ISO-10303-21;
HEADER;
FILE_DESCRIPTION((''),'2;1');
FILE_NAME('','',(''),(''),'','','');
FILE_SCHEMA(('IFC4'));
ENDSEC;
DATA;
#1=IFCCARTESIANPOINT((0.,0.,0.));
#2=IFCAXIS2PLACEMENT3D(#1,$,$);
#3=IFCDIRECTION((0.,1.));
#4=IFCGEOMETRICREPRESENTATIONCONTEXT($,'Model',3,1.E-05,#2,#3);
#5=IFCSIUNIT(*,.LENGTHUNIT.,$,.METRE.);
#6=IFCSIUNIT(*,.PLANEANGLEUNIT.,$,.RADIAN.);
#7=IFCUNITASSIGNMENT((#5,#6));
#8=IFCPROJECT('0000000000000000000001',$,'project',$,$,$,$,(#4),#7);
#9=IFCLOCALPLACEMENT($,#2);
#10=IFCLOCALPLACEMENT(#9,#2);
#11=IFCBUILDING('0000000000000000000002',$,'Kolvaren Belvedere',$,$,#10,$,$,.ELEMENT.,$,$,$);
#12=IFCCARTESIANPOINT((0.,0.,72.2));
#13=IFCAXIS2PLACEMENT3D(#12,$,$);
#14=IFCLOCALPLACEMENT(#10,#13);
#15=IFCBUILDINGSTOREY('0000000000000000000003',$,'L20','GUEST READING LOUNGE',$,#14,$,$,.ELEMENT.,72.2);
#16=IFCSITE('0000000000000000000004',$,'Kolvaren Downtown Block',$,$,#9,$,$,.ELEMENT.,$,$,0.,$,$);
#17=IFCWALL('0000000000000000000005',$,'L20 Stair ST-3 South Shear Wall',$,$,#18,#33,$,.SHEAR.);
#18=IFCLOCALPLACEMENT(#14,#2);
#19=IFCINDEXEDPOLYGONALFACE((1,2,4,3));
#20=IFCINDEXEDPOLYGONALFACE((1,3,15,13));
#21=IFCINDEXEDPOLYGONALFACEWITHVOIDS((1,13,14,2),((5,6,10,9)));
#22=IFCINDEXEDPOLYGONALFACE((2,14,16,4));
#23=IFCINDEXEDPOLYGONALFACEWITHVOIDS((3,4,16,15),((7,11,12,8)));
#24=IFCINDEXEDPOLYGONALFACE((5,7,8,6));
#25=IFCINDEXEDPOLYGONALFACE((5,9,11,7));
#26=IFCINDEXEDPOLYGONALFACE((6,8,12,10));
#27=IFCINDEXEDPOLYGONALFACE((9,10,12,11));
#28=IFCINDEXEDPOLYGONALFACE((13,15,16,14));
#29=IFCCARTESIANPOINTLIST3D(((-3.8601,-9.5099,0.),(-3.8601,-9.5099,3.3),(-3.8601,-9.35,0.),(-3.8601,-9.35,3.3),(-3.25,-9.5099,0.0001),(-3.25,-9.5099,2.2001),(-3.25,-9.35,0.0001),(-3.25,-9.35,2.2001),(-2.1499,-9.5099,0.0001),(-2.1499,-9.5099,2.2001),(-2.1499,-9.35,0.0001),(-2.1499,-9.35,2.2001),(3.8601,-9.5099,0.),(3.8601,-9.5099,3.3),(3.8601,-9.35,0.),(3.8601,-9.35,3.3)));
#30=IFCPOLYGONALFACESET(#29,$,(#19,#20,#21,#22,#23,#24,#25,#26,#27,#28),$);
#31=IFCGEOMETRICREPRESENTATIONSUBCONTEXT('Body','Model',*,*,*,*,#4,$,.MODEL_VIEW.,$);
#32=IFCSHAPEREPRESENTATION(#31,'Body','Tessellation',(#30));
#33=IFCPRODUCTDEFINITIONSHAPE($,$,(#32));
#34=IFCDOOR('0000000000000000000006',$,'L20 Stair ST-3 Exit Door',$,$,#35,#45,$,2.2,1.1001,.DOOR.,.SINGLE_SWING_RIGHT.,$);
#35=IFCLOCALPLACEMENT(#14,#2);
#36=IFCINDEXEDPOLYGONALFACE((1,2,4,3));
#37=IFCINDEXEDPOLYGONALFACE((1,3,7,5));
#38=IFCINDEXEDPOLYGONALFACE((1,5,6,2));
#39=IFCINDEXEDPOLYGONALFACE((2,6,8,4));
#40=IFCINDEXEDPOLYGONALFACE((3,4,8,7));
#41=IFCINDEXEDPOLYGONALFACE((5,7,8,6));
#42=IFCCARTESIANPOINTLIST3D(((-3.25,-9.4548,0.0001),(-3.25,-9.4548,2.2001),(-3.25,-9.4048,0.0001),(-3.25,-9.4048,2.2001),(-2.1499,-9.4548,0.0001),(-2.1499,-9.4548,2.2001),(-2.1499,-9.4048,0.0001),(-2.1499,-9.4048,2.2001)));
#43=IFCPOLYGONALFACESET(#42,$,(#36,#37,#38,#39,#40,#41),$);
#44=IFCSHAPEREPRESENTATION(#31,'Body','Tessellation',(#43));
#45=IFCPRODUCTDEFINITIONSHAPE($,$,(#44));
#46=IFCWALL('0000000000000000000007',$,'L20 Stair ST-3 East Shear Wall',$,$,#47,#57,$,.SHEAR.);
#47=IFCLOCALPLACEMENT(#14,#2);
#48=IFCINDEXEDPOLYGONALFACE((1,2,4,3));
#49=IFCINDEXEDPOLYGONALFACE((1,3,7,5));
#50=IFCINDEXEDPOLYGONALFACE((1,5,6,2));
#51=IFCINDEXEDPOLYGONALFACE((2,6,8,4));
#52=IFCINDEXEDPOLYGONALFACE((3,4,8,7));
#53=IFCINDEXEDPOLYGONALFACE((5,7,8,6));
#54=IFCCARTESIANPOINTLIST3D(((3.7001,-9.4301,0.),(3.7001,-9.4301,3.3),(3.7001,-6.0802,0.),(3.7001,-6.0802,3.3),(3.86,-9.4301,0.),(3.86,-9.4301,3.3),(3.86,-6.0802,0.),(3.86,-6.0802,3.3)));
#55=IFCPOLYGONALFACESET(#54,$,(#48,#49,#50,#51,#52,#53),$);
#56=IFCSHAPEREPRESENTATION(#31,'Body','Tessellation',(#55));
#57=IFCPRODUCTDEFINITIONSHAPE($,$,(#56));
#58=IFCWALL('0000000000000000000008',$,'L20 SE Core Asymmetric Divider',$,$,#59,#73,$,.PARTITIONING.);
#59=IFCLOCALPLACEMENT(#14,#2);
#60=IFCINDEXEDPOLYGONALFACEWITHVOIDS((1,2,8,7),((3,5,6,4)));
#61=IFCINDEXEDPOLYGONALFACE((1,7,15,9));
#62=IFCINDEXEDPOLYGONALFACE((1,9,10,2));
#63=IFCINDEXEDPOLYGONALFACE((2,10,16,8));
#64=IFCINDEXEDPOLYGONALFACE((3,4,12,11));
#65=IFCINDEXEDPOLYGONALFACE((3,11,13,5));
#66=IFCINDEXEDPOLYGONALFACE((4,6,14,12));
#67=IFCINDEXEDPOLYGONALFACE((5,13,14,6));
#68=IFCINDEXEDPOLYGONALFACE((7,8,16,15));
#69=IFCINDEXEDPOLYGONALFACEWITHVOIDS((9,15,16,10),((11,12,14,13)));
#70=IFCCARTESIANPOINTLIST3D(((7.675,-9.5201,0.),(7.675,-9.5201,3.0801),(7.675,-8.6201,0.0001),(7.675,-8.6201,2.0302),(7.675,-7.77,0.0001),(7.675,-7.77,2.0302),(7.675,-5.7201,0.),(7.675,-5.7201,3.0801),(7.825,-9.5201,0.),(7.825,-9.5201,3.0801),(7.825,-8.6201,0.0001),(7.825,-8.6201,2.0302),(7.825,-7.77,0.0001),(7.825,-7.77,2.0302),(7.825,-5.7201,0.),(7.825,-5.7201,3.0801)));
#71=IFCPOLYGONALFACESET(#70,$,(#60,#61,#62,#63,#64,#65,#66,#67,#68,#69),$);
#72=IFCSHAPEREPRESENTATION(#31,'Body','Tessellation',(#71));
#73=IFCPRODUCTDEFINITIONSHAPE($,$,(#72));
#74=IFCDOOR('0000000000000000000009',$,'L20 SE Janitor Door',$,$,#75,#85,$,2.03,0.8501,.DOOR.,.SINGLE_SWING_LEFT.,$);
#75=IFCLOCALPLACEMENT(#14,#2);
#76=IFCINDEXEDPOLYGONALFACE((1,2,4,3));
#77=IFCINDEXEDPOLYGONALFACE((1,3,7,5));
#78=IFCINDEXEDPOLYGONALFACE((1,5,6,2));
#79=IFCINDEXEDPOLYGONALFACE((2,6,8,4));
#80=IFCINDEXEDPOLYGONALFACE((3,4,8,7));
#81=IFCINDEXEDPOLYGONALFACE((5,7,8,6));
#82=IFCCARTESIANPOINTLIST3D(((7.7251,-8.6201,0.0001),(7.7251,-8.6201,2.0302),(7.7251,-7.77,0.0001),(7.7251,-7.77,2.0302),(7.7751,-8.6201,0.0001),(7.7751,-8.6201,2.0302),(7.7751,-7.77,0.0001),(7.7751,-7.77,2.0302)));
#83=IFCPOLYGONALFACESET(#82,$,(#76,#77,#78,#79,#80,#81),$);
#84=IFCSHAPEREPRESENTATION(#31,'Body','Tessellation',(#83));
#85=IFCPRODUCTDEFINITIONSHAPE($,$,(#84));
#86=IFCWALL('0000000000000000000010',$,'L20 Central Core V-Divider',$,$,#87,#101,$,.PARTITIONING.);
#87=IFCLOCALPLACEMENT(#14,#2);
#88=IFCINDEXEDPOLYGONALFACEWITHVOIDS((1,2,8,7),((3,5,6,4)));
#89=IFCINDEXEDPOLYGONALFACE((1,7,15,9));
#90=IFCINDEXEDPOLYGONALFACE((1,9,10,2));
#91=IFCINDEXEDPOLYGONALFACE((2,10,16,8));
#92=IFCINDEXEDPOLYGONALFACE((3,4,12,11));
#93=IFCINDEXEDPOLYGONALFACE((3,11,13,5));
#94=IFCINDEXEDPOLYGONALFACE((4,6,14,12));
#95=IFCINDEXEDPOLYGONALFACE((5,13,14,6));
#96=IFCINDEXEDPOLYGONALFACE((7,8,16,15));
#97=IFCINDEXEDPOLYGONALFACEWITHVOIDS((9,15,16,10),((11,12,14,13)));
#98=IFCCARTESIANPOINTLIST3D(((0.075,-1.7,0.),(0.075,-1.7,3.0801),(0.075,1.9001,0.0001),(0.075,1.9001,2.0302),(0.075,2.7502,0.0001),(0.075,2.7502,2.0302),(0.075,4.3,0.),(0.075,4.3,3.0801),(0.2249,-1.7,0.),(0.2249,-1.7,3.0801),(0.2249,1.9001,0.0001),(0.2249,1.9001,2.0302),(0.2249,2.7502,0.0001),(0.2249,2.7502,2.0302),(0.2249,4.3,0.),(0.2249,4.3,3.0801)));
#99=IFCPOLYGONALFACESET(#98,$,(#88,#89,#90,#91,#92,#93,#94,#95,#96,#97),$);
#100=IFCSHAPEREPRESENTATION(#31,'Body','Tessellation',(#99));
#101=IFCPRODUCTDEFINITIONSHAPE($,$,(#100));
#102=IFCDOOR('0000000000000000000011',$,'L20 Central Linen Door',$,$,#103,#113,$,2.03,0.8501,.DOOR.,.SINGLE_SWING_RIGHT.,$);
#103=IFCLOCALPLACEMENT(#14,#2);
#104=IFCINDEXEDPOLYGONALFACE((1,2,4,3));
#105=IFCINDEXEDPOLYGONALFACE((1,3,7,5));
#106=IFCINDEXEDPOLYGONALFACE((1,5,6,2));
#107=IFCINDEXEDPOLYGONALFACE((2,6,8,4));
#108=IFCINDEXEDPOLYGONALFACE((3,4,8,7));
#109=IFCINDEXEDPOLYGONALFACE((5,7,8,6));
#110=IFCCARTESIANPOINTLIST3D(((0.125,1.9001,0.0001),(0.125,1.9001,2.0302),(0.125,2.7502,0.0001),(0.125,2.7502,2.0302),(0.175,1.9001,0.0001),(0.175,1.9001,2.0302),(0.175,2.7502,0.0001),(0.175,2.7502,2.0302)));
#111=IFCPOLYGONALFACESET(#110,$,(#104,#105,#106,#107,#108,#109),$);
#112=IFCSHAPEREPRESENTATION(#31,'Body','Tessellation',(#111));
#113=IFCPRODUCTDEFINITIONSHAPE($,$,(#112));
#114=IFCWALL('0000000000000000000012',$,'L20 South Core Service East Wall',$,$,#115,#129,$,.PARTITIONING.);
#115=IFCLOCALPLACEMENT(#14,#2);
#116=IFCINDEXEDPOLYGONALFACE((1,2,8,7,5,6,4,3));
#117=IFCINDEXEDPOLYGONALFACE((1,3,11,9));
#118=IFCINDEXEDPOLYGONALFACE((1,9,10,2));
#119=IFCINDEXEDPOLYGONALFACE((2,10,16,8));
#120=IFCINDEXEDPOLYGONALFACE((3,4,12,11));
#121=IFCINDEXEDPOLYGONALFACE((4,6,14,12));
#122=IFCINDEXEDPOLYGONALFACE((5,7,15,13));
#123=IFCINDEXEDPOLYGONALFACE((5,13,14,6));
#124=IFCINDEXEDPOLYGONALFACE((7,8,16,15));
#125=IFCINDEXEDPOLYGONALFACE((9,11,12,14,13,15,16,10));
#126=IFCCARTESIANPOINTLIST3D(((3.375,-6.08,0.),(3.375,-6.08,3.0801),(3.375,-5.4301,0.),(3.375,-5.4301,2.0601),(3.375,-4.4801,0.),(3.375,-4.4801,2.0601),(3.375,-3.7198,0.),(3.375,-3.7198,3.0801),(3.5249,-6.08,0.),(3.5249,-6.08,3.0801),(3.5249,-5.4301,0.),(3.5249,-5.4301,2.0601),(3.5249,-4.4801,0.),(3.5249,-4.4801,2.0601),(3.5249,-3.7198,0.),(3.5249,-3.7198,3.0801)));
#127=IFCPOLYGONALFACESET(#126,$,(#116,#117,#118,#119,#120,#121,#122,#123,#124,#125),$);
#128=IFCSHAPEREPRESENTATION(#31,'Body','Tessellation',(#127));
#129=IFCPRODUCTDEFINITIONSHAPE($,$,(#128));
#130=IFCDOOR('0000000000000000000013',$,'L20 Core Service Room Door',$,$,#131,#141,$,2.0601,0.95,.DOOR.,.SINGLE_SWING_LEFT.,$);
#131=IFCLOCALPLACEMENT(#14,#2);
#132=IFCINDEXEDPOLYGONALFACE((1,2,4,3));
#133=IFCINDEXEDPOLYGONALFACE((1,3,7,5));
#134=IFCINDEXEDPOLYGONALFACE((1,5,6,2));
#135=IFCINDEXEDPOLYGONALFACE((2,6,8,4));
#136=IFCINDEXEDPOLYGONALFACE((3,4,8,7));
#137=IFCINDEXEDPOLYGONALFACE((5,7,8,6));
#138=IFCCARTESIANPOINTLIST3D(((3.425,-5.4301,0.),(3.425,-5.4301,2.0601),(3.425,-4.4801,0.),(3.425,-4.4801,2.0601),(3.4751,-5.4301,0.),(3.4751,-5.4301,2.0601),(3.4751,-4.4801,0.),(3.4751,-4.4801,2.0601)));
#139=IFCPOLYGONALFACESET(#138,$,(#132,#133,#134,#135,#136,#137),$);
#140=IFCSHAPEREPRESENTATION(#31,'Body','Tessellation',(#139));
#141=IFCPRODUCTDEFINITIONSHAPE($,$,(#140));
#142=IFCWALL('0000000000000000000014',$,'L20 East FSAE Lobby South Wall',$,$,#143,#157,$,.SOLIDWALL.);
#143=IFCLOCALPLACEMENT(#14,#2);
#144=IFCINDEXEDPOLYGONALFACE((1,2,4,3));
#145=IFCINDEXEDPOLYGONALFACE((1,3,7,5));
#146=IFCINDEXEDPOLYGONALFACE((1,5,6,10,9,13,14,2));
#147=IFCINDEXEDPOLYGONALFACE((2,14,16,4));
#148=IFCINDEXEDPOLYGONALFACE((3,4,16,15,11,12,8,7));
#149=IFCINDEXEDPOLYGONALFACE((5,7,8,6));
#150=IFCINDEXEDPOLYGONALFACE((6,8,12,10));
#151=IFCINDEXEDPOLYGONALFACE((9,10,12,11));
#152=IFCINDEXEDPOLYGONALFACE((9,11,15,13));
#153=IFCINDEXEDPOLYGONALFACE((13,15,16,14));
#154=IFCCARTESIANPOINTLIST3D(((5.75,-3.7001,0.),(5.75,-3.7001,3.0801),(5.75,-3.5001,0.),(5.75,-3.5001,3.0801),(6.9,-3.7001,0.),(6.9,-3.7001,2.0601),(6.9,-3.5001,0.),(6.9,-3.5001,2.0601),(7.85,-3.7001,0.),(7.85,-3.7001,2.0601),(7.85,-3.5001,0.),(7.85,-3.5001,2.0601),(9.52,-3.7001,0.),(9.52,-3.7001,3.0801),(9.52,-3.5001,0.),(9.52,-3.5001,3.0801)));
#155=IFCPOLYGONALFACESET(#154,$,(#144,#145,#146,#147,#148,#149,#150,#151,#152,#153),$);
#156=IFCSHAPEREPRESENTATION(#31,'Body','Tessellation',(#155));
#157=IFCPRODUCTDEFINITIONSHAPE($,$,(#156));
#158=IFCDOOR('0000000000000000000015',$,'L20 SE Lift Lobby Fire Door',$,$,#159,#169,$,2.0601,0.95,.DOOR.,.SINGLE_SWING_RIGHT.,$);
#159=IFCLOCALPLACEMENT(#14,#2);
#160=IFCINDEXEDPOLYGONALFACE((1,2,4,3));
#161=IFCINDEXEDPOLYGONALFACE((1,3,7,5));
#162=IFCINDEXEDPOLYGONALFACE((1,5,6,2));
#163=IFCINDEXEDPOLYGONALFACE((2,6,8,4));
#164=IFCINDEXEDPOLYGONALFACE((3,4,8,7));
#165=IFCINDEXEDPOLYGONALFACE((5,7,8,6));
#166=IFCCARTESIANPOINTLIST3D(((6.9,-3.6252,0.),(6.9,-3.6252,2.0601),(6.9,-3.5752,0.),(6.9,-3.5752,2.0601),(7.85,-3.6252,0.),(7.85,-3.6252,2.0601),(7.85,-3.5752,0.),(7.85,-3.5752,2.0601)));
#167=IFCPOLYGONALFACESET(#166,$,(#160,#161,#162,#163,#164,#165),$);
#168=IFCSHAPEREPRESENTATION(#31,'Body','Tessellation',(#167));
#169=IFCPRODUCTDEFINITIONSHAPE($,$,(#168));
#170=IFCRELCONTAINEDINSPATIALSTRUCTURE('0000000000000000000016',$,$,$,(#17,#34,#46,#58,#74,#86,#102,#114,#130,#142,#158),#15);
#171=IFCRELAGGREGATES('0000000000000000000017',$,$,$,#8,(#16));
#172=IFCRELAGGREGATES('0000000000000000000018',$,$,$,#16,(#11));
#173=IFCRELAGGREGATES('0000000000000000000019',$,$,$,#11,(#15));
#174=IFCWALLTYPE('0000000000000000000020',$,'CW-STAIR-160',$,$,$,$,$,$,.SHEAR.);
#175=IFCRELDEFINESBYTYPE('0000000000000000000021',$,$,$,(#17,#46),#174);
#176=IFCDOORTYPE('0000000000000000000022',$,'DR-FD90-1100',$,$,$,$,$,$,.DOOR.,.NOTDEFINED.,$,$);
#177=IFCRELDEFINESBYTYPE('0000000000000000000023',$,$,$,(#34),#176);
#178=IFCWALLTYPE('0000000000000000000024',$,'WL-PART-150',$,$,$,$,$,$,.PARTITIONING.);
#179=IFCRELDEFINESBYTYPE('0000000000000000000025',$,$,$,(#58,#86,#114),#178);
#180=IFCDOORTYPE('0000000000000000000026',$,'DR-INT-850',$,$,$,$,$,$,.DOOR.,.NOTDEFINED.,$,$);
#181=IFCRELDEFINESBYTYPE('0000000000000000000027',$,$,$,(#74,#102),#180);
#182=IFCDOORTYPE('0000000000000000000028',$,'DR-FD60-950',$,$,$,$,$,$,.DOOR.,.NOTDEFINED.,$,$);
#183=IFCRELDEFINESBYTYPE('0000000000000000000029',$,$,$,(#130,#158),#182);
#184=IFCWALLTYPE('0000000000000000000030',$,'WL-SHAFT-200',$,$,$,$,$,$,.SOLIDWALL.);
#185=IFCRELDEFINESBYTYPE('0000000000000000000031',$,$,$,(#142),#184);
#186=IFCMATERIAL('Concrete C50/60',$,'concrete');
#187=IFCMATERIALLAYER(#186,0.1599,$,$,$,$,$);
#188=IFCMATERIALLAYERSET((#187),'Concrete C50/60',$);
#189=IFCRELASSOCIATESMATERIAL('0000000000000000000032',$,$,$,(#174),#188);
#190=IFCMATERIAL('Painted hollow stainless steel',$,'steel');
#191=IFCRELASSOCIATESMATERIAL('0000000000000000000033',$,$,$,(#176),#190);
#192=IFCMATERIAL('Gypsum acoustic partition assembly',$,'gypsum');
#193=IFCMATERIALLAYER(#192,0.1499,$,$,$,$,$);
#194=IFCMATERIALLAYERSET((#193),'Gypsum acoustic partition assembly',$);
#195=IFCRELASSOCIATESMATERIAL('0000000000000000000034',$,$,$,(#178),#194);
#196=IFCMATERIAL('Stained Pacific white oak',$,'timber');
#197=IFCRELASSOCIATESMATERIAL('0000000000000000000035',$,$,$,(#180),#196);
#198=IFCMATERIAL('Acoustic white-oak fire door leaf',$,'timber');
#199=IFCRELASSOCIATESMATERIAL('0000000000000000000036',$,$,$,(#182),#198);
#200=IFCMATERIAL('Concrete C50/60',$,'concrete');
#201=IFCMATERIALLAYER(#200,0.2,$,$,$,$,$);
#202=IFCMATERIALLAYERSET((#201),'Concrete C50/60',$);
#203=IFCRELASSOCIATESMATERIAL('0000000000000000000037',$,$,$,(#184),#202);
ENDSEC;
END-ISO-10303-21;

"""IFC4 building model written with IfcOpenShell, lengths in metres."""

from ifc_helpers import new_model, si_unit, direction, frame, frame_2d, origin, place, context, subcontext, project, spatial, rectangle, extrude, material, layer, layer_set, type_object, element, fill, save


model = new_model("IFC4")

# Units and contexts
model_context = context("Model", 3, precision=1e-05, world=origin(), true_north=direction((0.0, 1.0)))
body_context = subcontext(model_context, "Body", "Model", "MODEL_VIEW")
ifc_project = project(units=[si_unit("LENGTHUNIT", "METRE"), si_unit("PLANEANGLEUNIT", "RADIAN")], contexts=[model_context])

# Site, building, storey
site_placement = place(None, origin())
site = spatial("IfcSite", under=ifc_project, at=site_placement, Name="Kolvaren Downtown Block", CompositionType="ELEMENT", RefElevation=0.0)
building_placement = place(site_placement, origin())
building = spatial("IfcBuilding", under=site, at=building_placement, Name="Kolvaren Belvedere", CompositionType="ELEMENT")
storey_placement = place(building_placement, frame((0.0, 0.0, 72.2)))
storey = spatial("IfcBuildingStorey", under=building, at=storey_placement, Name="L20", Description="GUEST READING LOUNGE", CompositionType="ELEMENT", Elevation=72.2)

# Wall, opening, door
ifc_material_1 = material(Name="Concrete C50/60", Category="concrete")
ifc_layer_1 = layer(ifc_material_1, 0.1599)
ifc_layer_set_1 = layer_set([ifc_layer_1], Name="Concrete C50/60")
wall_type_1 = type_object("IfcWallType", Name="CW-STAIR-160", PredefinedType="SHEAR", material=ifc_layer_set_1)
wall_1_placement = place(storey_placement, frame((3.8601, -9.4299, 0.0), z_axis=(0.0, 0.0, 1.0), x_axis=(-1.0, 0.0, 0.0)))
wall_1 = element("IfcWall", 1, at=wall_1_placement, inside=storey, type_object=wall_type_1, Name="L20 Stair ST-3 South Shear Wall", PredefinedType="SHEAR", context=body_context, shape_type="SweptSolid", body=[
    extrude(rectangle(XDim=7.7202, YDim=0.1599, at=frame_2d((3.8601, 0.0))), origin(), (0.0, 0.0, 1.0), 3.3),
])
opening_1_placement = place(wall_1_placement, frame((6.01, 0.0, 0.0)))
opening_1 = element("IfcOpeningElement", 2, at=opening_1_placement, cuts=wall_1, PredefinedType="OPENING", context=body_context, shape_type="SweptSolid", body=[
    extrude(rectangle(XDim=1.1001, YDim=2.2, at=frame_2d((0.55, 1.1001))), frame((0.0, 0.0898, 0.0), z_axis=(0.0, -1.0, 0.0), x_axis=(1.0, 0.0, 0.0)), (0.0, 0.0, 1.0), 0.1799),
])
ifc_material_2 = material(Name="Painted hollow stainless steel", Category="steel")
door_type_1 = type_object("IfcDoorType", Name="DR-FD90-1100", OperationType="NOTDEFINED", PredefinedType="DOOR", material=ifc_material_2)
door_1_placement = place(opening_1_placement, origin())
door_1 = element("IfcDoor", 3, at=door_1_placement, inside=storey, type_object=door_type_1, Name="L20 Stair ST-3 Exit Door", OperationType="SINGLE_SWING_RIGHT", OverallHeight=2.2, OverallWidth=1.1001, PredefinedType="DOOR", context=body_context, shape_type="SweptSolid", body=[
    extrude(rectangle(XDim=1.1001, YDim=2.2, at=frame_2d((0.55, 1.1001))), frame((0.0, 0.0249, 0.0), z_axis=(0.0, -1.0, 0.0), x_axis=(1.0, 0.0, 0.0)), (0.0, 0.0, 1.0), 0.05),
])
fill(opening_1, door_1)

# Wall
wall_2_placement = place(storey_placement, frame((3.78, -9.4299, 0.0), z_axis=(0.0, 0.0, 1.0), x_axis=(0.0, 1.0, 0.0)))
element("IfcWall", 4, at=wall_2_placement, inside=storey, type_object=wall_type_1, Name="L20 Stair ST-3 East Shear Wall", PredefinedType="SHEAR", context=body_context, shape_type="SweptSolid", body=[
    extrude(rectangle(XDim=3.3499, YDim=0.1599, at=frame_2d((1.6748, 0.0))), origin(), (0.0, 0.0, 1.0), 3.3),
])

# Walls, openings, doors
ifc_material_3 = material(Name="Gypsum acoustic partition assembly", Category="gypsum")
ifc_layer_2 = layer(ifc_material_3, 0.1499)
ifc_layer_set_2 = layer_set([ifc_layer_2], Name="Gypsum acoustic partition assembly")
wall_type_2 = type_object("IfcWallType", Name="WL-PART-150", PredefinedType="PARTITIONING", material=ifc_layer_set_2)
wall_3_placement = place(storey_placement, frame((7.75, -9.52, 0.0), z_axis=(0.0, 0.0, 1.0), x_axis=(0.0, 1.0, 0.0)))
wall_3 = element("IfcWall", 5, at=wall_3_placement, inside=storey, type_object=wall_type_2, Name="L20 SE Core Asymmetric Divider", PredefinedType="PARTITIONING", context=body_context, shape_type="SweptSolid", body=[
    extrude(rectangle(XDim=3.8, YDim=0.1499, at=frame_2d((1.8999, 0.0))), origin(), (0.0, 0.0, 1.0), 3.0801),
])
opening_2_placement = place(wall_3_placement, frame((0.8999, 0.0, 0.0)))
opening_2 = element("IfcOpeningElement", 6, at=opening_2_placement, cuts=wall_3, PredefinedType="OPENING", context=body_context, shape_type="SweptSolid", body=[
    extrude(rectangle(XDim=0.8501, YDim=2.03, at=frame_2d((0.425, 1.0151))), frame((0.0, 0.085, 0.0), z_axis=(0.0, -1.0, 0.0), x_axis=(1.0, 0.0, 0.0)), (0.0, 0.0, 1.0), 0.1699),
])
ifc_material_4 = material(Name="Stained Pacific white oak", Category="timber")
door_type_2 = type_object("IfcDoorType", Name="DR-INT-850", OperationType="NOTDEFINED", PredefinedType="DOOR", material=ifc_material_4)
door_2_placement = place(opening_2_placement, origin())
door_2 = element("IfcDoor", 7, at=door_2_placement, inside=storey, type_object=door_type_2, Name="L20 SE Janitor Door", OperationType="SINGLE_SWING_LEFT", OverallHeight=2.03, OverallWidth=0.8501, PredefinedType="DOOR", context=body_context, shape_type="SweptSolid", body=[
    extrude(rectangle(XDim=0.8501, YDim=2.03, at=frame_2d((0.425, 1.0151))), frame((0.0, 0.0249, 0.0), z_axis=(0.0, -1.0, 0.0), x_axis=(1.0, 0.0, 0.0)), (0.0, 0.0, 1.0), 0.05),
])
fill(opening_2, door_2)
wall_4_placement = place(storey_placement, frame((0.1499, -1.7, 0.0), z_axis=(0.0, 0.0, 1.0), x_axis=(0.0, 1.0, 0.0)))
wall_4 = element("IfcWall", 8, at=wall_4_placement, inside=storey, type_object=wall_type_2, Name="L20 Central Core V-Divider", PredefinedType="PARTITIONING", context=body_context, shape_type="SweptSolid", body=[
    extrude(rectangle(XDim=6.0, YDim=0.1499, at=frame_2d((3.0, 0.0))), origin(), (0.0, 0.0, 1.0), 3.0801),
])
opening_3_placement = place(wall_4_placement, frame((3.6001, 0.0, 0.0)))
opening_3 = element("IfcOpeningElement", 9, at=opening_3_placement, cuts=wall_4, PredefinedType="OPENING", context=body_context, shape_type="SweptSolid", body=[
    extrude(rectangle(XDim=0.8501, YDim=2.03, at=frame_2d((0.425, 1.0151))), frame((0.0, 0.085, 0.0), z_axis=(0.0, -1.0, 0.0), x_axis=(1.0, 0.0, 0.0)), (0.0, 0.0, 1.0), 0.1699),
])
door_3_placement = place(opening_3_placement, origin())
door_3 = element("IfcDoor", 10, at=door_3_placement, inside=storey, type_object=door_type_2, Name="L20 Central Linen Door", OperationType="SINGLE_SWING_RIGHT", OverallHeight=2.03, OverallWidth=0.8501, PredefinedType="DOOR", context=body_context, shape_type="SweptSolid", body=[
    extrude(rectangle(XDim=0.8501, YDim=2.03, at=frame_2d((0.425, 1.0151))), frame((0.0, 0.0249, 0.0), z_axis=(0.0, -1.0, 0.0), x_axis=(1.0, 0.0, 0.0)), (0.0, 0.0, 1.0), 0.05),
])
fill(opening_3, door_3)
wall_5_placement = place(storey_placement, frame((3.45, -6.0801, 0.0), z_axis=(0.0, 0.0, 1.0), x_axis=(0.0, 1.0, 0.0)))
wall_5 = element("IfcWall", 11, at=wall_5_placement, inside=storey, type_object=wall_type_2, Name="L20 South Core Service East Wall", PredefinedType="PARTITIONING", context=body_context, shape_type="SweptSolid", body=[
    extrude(rectangle(XDim=2.3601, YDim=0.1499, at=frame_2d((1.1802, 0.0))), origin(), (0.0, 0.0, 1.0), 3.0801),
])
opening_4_placement = place(wall_5_placement, frame((0.6499, 0.0, 0.0)))
opening_4 = element("IfcOpeningElement", 12, at=opening_4_placement, cuts=wall_5, PredefinedType="OPENING", context=body_context, shape_type="SweptSolid", body=[
    extrude(rectangle(XDim=0.95, YDim=2.0601, at=frame_2d((0.4751, 1.03))), frame((0.0, 0.085, 0.0), z_axis=(0.0, -1.0, 0.0), x_axis=(1.0, 0.0, 0.0)), (0.0, 0.0, 1.0), 0.1699),
])
ifc_material_5 = material(Name="Acoustic white-oak fire door leaf", Category="timber")
door_type_3 = type_object("IfcDoorType", Name="DR-FD60-950", OperationType="NOTDEFINED", PredefinedType="DOOR", material=ifc_material_5)
door_4_placement = place(opening_4_placement, origin())
door_4 = element("IfcDoor", 13, at=door_4_placement, inside=storey, type_object=door_type_3, Name="L20 Core Service Room Door", OperationType="SINGLE_SWING_LEFT", OverallHeight=2.0601, OverallWidth=0.95, PredefinedType="DOOR", context=body_context, shape_type="SweptSolid", body=[
    extrude(rectangle(XDim=0.95, YDim=2.0601, at=frame_2d((0.4751, 1.03))), frame((0.0, 0.0249, 0.0), z_axis=(0.0, -1.0, 0.0), x_axis=(1.0, 0.0, 0.0)), (0.0, 0.0, 1.0), 0.05),
])
fill(opening_4, door_4)
ifc_material_6 = material(Name="Concrete C50/60", Category="concrete")
ifc_layer_3 = layer(ifc_material_6, 0.2)
ifc_layer_set_3 = layer_set([ifc_layer_3], Name="Concrete C50/60")
wall_type_3 = type_object("IfcWallType", Name="WL-SHAFT-200", PredefinedType="SOLIDWALL", material=ifc_layer_set_3)
wall_6_placement = place(storey_placement, frame((5.75, -3.6001, 0.0), z_axis=(0.0, 0.0, 1.0), x_axis=(1.0, 0.0, 0.0)))
wall_6 = element("IfcWall", 14, at=wall_6_placement, inside=storey, type_object=wall_type_3, Name="L20 East FSAE Lobby South Wall", PredefinedType="SOLIDWALL", context=body_context, shape_type="SweptSolid", body=[
    extrude(rectangle(XDim=3.77, YDim=0.2, at=frame_2d((1.885, 0.0))), origin(), (0.0, 0.0, 1.0), 3.0801),
])
opening_5_placement = place(wall_6_placement, frame((1.1499, 0.0, 0.0)))
opening_5 = element("IfcOpeningElement", 15, at=opening_5_placement, cuts=wall_6, PredefinedType="OPENING", context=body_context, shape_type="SweptSolid", body=[
    extrude(rectangle(XDim=0.95, YDim=2.0601, at=frame_2d((0.4751, 1.03))), frame((0.0, 0.1099, 0.0), z_axis=(0.0, -1.0, 0.0), x_axis=(1.0, 0.0, 0.0)), (0.0, 0.0, 1.0), 0.22),
])
door_5_placement = place(opening_5_placement, origin())
door_5 = element("IfcDoor", 16, at=door_5_placement, inside=storey, type_object=door_type_3, Name="L20 SE Lift Lobby Fire Door", OperationType="SINGLE_SWING_RIGHT", OverallHeight=2.0601, OverallWidth=0.95, PredefinedType="DOOR", context=body_context, shape_type="SweptSolid", body=[
    extrude(rectangle(XDim=0.95, YDim=2.0601, at=frame_2d((0.4751, 1.03))), frame((0.0, 0.0249, 0.0), z_axis=(0.0, -1.0, 0.0), x_axis=(1.0, 0.0, 0.0)), (0.0, 0.0, 1.0), 0.05),
])
fill(opening_5, door_5)

save(model, "model.ifc")
